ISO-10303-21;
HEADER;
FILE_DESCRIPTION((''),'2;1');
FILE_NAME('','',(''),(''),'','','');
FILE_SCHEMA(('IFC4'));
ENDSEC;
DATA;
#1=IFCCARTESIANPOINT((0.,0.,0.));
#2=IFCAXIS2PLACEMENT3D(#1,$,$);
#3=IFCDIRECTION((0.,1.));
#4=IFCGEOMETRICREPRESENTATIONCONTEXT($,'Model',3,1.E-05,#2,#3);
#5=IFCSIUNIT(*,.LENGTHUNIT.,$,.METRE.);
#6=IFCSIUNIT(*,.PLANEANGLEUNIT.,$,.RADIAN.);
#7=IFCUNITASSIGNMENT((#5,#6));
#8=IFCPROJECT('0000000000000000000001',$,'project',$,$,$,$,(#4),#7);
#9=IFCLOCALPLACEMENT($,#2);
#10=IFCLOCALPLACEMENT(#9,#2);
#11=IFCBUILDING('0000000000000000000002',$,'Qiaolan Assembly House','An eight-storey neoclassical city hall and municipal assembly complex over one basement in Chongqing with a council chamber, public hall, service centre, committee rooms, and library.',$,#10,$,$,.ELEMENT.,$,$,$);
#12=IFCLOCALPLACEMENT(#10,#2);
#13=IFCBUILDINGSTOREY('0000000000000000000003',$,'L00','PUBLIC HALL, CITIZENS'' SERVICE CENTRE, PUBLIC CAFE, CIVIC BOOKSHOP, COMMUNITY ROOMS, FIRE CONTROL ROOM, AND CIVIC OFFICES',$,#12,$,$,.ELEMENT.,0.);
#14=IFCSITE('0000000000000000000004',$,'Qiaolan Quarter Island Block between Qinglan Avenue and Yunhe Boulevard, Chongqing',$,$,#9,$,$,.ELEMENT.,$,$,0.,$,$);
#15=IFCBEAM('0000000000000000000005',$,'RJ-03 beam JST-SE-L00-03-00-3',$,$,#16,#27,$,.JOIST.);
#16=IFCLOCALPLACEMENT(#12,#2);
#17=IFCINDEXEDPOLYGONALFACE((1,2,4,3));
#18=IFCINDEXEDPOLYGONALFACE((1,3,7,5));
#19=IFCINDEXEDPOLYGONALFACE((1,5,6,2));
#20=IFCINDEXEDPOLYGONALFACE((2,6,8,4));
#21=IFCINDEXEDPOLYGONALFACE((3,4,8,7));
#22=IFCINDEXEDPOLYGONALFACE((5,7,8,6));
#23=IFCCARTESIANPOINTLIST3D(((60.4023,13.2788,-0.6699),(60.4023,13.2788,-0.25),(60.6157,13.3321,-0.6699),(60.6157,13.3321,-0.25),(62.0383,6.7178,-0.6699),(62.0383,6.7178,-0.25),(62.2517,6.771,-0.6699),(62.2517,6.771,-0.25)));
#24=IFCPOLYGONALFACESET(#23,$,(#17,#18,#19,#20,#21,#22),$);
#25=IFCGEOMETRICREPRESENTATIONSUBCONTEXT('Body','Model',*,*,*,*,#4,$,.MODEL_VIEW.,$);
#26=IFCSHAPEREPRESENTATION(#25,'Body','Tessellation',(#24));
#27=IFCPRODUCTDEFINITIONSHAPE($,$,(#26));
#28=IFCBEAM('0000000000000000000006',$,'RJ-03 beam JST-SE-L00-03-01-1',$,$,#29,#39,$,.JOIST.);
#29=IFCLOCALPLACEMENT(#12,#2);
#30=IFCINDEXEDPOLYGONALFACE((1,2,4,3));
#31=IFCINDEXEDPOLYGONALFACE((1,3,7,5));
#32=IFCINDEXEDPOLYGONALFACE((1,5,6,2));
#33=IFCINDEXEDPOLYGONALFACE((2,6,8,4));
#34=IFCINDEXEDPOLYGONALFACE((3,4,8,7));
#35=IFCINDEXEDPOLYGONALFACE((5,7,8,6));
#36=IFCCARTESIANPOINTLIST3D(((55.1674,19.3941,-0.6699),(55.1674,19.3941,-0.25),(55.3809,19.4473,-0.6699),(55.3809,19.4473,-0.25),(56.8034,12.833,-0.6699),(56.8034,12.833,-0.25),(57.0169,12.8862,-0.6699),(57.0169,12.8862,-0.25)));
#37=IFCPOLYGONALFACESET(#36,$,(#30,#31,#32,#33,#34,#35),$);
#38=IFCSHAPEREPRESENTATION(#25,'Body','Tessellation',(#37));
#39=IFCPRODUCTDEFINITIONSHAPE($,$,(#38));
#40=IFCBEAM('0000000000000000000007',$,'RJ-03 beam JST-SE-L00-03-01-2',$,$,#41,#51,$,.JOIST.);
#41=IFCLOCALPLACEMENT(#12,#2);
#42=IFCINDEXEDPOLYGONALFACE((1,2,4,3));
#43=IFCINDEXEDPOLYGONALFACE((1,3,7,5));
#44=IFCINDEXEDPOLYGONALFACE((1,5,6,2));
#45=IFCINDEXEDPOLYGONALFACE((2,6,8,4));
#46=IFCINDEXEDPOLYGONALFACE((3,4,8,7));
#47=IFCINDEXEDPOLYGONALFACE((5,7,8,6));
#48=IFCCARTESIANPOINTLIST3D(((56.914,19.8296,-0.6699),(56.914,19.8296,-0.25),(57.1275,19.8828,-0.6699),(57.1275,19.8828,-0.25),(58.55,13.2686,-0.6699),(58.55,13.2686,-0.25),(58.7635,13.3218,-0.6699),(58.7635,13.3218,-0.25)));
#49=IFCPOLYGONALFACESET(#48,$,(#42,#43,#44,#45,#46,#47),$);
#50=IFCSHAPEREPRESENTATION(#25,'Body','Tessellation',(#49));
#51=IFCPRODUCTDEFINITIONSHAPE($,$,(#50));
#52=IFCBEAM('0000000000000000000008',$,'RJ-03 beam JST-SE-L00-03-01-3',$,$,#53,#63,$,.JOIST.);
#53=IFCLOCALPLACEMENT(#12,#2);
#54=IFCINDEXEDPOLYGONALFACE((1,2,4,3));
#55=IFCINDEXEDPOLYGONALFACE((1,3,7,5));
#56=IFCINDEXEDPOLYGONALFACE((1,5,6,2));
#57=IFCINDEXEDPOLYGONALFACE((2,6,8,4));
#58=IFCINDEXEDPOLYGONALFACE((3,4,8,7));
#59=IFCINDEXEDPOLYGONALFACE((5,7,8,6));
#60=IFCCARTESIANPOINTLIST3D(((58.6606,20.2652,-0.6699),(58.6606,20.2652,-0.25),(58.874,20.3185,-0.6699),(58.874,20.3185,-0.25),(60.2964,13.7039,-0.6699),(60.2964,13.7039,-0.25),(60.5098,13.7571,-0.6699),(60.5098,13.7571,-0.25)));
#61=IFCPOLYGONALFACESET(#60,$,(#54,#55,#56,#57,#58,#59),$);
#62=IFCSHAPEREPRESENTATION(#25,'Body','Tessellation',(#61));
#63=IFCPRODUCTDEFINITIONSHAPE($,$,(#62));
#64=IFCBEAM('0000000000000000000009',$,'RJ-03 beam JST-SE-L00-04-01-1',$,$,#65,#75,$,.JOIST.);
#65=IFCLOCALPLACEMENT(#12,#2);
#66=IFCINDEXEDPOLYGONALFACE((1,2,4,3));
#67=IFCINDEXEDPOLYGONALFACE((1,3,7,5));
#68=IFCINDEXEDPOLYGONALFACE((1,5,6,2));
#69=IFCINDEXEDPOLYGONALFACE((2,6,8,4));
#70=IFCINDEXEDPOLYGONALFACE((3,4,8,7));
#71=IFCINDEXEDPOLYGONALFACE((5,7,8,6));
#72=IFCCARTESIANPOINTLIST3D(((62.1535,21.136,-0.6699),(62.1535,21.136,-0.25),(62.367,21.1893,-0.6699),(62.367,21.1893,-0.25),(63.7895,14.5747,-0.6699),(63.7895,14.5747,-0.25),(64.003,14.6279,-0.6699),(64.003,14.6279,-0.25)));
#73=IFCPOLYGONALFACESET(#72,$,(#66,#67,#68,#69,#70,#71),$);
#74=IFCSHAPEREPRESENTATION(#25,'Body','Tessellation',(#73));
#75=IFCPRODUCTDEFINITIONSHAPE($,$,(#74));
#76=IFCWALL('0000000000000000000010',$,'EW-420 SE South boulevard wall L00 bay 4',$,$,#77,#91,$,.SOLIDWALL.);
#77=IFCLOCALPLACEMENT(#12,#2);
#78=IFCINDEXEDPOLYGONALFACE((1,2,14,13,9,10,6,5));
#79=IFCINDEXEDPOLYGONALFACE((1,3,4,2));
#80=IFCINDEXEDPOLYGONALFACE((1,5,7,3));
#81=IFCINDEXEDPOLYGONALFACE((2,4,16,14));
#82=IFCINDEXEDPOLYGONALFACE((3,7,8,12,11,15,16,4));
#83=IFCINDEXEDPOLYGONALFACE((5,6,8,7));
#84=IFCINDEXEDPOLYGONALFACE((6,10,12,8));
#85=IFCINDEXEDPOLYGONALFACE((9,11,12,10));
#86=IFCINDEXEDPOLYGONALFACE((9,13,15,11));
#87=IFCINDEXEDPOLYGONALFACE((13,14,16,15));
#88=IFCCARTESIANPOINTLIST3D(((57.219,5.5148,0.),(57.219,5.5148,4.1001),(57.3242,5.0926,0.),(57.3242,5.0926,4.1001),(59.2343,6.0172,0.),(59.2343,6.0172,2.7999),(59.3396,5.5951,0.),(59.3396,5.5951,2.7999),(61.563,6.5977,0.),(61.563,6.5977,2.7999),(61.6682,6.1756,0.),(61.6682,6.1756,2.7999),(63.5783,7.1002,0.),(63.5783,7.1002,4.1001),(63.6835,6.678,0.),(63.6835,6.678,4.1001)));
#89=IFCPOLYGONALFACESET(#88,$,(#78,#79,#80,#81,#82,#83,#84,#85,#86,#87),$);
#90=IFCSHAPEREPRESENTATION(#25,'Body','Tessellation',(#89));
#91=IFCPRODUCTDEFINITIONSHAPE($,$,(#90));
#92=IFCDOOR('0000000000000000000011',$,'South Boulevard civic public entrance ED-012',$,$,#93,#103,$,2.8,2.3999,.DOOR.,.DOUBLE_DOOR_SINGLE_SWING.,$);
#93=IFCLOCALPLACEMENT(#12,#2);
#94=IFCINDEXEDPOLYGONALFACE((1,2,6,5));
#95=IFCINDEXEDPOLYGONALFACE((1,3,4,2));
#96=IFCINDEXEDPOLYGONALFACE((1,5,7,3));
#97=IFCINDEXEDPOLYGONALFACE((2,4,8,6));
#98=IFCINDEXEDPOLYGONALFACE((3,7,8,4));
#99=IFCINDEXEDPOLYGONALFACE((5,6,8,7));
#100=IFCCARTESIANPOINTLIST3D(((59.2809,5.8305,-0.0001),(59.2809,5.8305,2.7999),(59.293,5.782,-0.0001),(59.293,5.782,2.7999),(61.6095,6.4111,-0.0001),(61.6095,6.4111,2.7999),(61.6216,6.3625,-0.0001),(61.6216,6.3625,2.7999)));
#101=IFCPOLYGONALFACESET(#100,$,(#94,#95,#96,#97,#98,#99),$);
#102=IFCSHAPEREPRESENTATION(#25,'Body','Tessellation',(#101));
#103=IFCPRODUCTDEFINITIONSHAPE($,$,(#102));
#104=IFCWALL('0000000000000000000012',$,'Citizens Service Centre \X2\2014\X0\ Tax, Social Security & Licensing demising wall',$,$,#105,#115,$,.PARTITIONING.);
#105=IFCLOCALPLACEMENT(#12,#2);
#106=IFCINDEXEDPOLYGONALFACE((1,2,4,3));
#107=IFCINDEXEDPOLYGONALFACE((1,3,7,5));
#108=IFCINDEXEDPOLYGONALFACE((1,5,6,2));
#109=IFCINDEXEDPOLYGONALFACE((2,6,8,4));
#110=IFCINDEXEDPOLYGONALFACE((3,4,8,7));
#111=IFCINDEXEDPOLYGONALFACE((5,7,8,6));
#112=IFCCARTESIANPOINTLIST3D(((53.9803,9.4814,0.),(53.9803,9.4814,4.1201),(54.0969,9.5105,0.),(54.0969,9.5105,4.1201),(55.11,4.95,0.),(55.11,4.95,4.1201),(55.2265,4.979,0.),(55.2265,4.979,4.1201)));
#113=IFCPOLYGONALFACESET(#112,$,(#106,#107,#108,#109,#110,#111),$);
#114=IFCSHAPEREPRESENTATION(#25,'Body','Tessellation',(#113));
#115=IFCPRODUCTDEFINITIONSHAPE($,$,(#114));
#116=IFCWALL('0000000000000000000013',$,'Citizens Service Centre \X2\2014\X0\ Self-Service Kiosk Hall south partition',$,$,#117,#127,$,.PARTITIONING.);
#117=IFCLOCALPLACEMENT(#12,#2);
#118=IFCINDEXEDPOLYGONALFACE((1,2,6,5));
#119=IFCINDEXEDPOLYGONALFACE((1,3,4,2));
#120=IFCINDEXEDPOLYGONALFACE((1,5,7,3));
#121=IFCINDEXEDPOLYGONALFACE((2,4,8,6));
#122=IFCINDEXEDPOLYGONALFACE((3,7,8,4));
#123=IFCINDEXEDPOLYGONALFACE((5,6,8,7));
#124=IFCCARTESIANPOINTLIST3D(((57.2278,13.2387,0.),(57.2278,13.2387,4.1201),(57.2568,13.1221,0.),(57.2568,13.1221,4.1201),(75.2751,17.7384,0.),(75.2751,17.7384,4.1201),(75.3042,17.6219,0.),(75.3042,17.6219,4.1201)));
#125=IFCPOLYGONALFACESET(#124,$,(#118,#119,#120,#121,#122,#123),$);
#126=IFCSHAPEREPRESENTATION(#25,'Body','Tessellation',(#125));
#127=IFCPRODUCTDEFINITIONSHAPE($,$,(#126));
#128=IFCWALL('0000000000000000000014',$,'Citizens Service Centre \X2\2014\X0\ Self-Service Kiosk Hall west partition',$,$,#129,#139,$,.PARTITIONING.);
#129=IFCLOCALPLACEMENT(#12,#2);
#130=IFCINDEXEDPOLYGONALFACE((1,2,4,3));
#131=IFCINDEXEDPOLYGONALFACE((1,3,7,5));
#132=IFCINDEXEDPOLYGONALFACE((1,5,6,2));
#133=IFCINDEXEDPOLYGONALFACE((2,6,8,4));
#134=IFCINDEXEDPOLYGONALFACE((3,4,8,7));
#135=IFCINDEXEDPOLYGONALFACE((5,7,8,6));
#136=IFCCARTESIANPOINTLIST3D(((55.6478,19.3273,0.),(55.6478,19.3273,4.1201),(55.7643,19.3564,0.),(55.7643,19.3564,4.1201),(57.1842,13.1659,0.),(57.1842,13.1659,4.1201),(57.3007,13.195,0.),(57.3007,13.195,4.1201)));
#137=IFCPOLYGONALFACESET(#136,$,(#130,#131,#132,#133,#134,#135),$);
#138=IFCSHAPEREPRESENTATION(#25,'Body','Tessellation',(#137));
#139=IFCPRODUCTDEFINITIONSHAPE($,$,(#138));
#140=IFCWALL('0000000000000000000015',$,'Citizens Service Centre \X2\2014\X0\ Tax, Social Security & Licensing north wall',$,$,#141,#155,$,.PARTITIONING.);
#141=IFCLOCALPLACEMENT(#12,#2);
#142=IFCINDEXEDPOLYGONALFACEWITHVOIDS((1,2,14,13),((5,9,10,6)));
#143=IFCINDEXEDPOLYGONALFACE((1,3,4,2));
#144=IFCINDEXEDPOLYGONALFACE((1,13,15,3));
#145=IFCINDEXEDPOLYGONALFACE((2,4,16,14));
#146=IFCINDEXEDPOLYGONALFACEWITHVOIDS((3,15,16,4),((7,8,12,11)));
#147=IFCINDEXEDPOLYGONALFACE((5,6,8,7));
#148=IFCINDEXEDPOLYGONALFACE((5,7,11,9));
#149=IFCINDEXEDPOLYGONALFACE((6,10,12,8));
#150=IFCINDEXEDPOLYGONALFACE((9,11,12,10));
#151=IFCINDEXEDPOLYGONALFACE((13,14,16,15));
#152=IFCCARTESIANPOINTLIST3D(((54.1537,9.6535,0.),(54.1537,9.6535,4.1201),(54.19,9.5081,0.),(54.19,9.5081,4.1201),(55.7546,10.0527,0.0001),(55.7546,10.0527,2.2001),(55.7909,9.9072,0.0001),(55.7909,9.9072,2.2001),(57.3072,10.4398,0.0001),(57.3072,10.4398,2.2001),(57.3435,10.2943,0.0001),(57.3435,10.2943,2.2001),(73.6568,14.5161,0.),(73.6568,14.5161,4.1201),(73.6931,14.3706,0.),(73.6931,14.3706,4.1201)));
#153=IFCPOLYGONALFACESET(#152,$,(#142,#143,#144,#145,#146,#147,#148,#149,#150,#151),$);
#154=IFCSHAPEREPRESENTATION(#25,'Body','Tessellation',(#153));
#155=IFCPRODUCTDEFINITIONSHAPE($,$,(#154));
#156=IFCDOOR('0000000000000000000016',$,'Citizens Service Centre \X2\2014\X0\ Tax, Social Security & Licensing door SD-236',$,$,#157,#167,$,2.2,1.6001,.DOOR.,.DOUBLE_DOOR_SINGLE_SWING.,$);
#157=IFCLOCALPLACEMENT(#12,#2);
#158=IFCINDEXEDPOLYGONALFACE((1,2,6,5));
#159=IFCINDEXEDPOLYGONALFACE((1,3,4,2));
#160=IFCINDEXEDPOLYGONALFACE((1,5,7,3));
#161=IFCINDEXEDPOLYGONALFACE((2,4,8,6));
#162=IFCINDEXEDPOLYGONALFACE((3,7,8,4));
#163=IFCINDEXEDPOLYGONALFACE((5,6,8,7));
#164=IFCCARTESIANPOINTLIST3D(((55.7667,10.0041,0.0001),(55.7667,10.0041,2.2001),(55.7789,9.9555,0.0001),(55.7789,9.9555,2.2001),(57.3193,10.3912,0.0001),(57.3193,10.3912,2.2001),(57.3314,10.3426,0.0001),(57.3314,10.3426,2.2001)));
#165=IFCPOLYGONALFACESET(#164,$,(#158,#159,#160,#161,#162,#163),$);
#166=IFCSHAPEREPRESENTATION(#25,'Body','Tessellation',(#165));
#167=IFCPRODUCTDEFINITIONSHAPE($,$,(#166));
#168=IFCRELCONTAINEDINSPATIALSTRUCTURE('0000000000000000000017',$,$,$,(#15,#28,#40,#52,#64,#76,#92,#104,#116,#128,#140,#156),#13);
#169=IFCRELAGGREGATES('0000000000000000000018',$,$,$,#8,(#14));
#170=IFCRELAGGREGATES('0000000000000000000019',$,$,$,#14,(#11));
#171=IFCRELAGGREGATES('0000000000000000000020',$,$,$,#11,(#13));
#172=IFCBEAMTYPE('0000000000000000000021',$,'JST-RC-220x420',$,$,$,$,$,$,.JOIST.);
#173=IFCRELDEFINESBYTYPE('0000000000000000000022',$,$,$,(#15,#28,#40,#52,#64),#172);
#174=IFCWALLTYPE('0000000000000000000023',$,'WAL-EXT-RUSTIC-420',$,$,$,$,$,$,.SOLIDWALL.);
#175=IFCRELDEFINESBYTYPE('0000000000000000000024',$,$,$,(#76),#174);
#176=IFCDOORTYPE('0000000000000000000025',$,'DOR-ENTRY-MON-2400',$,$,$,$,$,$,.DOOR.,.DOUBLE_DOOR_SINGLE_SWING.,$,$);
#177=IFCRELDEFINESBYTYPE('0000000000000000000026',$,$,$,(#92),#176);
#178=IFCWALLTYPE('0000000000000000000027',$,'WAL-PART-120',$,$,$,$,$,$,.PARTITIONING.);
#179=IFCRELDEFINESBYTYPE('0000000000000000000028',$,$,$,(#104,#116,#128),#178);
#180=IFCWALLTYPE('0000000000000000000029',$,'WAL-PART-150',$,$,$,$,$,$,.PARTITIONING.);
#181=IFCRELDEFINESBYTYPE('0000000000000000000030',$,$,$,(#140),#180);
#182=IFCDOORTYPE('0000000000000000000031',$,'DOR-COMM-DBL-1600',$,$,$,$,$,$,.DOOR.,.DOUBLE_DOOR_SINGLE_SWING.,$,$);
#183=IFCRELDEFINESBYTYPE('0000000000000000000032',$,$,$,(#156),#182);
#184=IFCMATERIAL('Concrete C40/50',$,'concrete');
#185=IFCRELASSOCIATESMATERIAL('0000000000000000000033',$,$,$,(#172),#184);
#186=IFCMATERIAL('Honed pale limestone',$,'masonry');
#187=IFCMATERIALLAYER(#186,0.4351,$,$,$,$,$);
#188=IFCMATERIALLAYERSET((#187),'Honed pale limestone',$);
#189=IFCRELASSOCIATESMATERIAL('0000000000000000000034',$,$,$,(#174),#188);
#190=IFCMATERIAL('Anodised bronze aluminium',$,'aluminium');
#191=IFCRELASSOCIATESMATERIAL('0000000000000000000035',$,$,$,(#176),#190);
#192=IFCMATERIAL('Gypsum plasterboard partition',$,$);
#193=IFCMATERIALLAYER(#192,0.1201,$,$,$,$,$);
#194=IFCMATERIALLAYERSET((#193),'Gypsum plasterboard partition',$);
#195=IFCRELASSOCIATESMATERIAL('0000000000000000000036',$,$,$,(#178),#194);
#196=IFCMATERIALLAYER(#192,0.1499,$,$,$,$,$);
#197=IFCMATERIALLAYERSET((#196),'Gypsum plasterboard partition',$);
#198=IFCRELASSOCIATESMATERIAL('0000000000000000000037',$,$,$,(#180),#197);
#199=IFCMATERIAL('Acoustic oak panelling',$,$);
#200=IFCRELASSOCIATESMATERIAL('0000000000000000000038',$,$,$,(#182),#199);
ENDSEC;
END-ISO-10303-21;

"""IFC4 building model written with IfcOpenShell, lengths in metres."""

from ifc_helpers import new_model, si_unit, direction, frame, frame_2d, origin, origin_2d, place, context, subcontext, project, spatial, rectangle, extrude, material, layer, layer_set, material_profile, profile_set, type_object, element, fill, save


model = new_model("IFC4")

# Units and contexts
model_context = context("Model", 3, precision=1e-05, world=origin(), true_north=direction((0.0, 1.0)))
body_context = subcontext(model_context, "Body", "Model", "MODEL_VIEW")
ifc_project = project(units=[si_unit("LENGTHUNIT", "METRE"), si_unit("PLANEANGLEUNIT", "RADIAN")], contexts=[model_context])

# Site, building, storey
site_placement = place(None, origin())
site = spatial("IfcSite", under=ifc_project, at=site_placement, Name="Qiaolan Quarter Island Block between Qinglan Avenue and Yunhe Boulevard, Chongqing", CompositionType="ELEMENT", RefElevation=0.0)
building_placement = place(site_placement, origin())
building = spatial("IfcBuilding", under=site, at=building_placement, Name="Qiaolan Assembly House", Description="An eight-storey neoclassical city hall and municipal assembly complex over one basement in Chongqing with a council chamber, public hall, service centre, committee rooms, and library.", CompositionType="ELEMENT")
storey_placement = place(building_placement, origin())
storey = spatial("IfcBuildingStorey", under=building, at=storey_placement, Name="L00", Description="PUBLIC HALL, CITIZENS' SERVICE CENTRE, PUBLIC CAFE, CIVIC BOOKSHOP, COMMUNITY ROOMS, FIRE CONTROL ROOM, AND CIVIC OFFICES", CompositionType="ELEMENT", Elevation=0.0)

# Beams
ifc_material_1 = material(Name="Concrete C40/50", Category="concrete")
ifc_material_profile_1 = material_profile(ifc_material_1, rectangle(XDim=0.22, YDim=0.4199, at=origin_2d()), Name="RCB 220x420")
ifc_profile_set_1 = profile_set([ifc_material_profile_1], Name="Concrete C40/50")
beam_type_1 = type_object("IfcBeamType", Name="JST-RC-220x420", PredefinedType="JOIST", material=ifc_profile_set_1)
for number, where, z_axis, x_axis, name in (
    (1, (62.145, 6.7444, -0.46), (-0.241941, 0.970291, 0.0), (-0.970291, -0.241941, 0.0), "RJ-03 beam JST-SE-L00-03-00-3"),
    (2, (56.9102, 12.8596, -0.46), (-0.241941, 0.970291, 0.0), (-0.970291, -0.241941, 0.0), "RJ-03 beam JST-SE-L00-03-01-1"),
    (3, (58.6567, 13.2952, -0.46), (-0.241941, 0.970291, 0.0), (-0.970291, -0.241941, 0.0), "RJ-03 beam JST-SE-L00-03-01-2"),
):
    element("IfcBeam", number, at=place(storey_placement, frame(where, z_axis=z_axis, x_axis=x_axis)), inside=storey, type_object=beam_type_1, Name=name, PredefinedType="JOIST", context=body_context, shape_type="SweptSolid", body=[
        extrude(rectangle(XDim=0.22, YDim=0.4199, at=origin_2d()), origin(), (0.0, 0.0, 1.0), 6.762),
    ])
for number, where, z_axis, x_axis, name in (
    (4, (60.4031, 13.7305, -0.46), (-0.241898, 0.970302, 0.0), (-0.970302, -0.241898, 0.0), "RJ-03 beam JST-SE-L00-03-01-3"),
    (5, (63.8962, 14.6013, -0.46), (-0.241932, 0.970293, 0.0), (-0.970293, -0.241932, 0.0), "RJ-03 beam JST-SE-L00-04-01-1"),
):
    element("IfcBeam", number, at=place(storey_placement, frame(where, z_axis=z_axis, x_axis=x_axis)), inside=storey, type_object=beam_type_1, Name=name, PredefinedType="JOIST", context=body_context, shape_type="SweptSolid", body=[
        extrude(rectangle(XDim=0.22, YDim=0.4199, at=origin_2d()), origin(), (0.0, 0.0, 1.0), 6.7622),
    ])

# Wall, opening, door
ifc_material_2 = material(Name="Honed pale limestone", Category="masonry")
ifc_layer_1 = layer(ifc_material_2, 0.4351)
ifc_layer_set_1 = layer_set([ifc_layer_1], Name="Honed pale limestone")
wall_type_1 = type_object("IfcWallType", Name="WAL-EXT-RUSTIC-420", PredefinedType="SOLIDWALL", material=ifc_layer_set_1)
wall_1_placement = place(storey_placement, frame((57.2717, 5.3037, 0.0), z_axis=(0.0, 0.0, 1.0), x_axis=(0.9703, 0.241905, 0.0)))
wall_1 = element("IfcWall", 6, at=wall_1_placement, inside=storey, type_object=wall_type_1, Name="EW-420 SE South boulevard wall L00 bay 4", PredefinedType="SOLIDWALL", context=body_context, shape_type="SweptSolid", body=[
    extrude(rectangle(XDim=6.554, YDim=0.4351, at=frame_2d((3.2769, 0.0))), origin(), (0.0, 0.0, 1.0), 4.1001),
])
opening_1_placement = place(wall_1_placement, frame((2.0769, 0.0, 0.0)))
opening_1 = element("IfcOpeningElement", 7, at=opening_1_placement, cuts=wall_1, PredefinedType="OPENING", context=body_context, shape_type="SweptSolid", body=[
    extrude(rectangle(XDim=2.3999, YDim=2.8, at=frame_2d((1.2, 1.3999))), frame((0.0, 0.2275, 0.0), z_axis=(0.0, -1.0, 0.0), x_axis=(1.0, 0.0, 0.0)), (0.0, 0.0, 1.0), 0.4551),
])
ifc_material_3 = material(Name="Anodised bronze aluminium", Category="aluminium")
door_type_1 = type_object("IfcDoorType", Name="DOR-ENTRY-MON-2400", OperationType="DOUBLE_DOOR_SINGLE_SWING", PredefinedType="DOOR", material=ifc_material_3)
door_1_placement = place(opening_1_placement, frame((2.3999, 0.0, 0.0), z_axis=(0.0, 0.0, 1.0), x_axis=(-1.0, 0.0, 0.0)))
door_1 = element("IfcDoor", 8, at=door_1_placement, inside=storey, type_object=door_type_1, Name="South Boulevard civic public entrance ED-012", OperationType="DOUBLE_DOOR_SINGLE_SWING", OverallHeight=2.8, OverallWidth=2.3999, PredefinedType="DOOR", context=body_context, shape_type="SweptSolid", body=[
    extrude(rectangle(XDim=2.3999, YDim=2.8, at=frame_2d((1.2, 1.3999))), frame((0.0, 0.0249, 0.0), z_axis=(0.0, -1.0, 0.0), x_axis=(1.0, 0.0, 0.0)), (0.0, 0.0, 1.0), 0.05),
])
fill(opening_1, door_1)

# Walls
ifc_material_4 = material(Name="Gypsum plasterboard partition")
ifc_layer_2 = layer(ifc_material_4, 0.1201)
ifc_layer_set_2 = layer_set([ifc_layer_2], Name="Gypsum plasterboard partition")
wall_type_2 = type_object("IfcWallType", Name="WAL-PART-120", PredefinedType="PARTITIONING", material=ifc_layer_set_2)
wall_2_placement = place(storey_placement, frame((55.1682, 4.9646, 0.0), z_axis=(0.0, 0.0, 1.0), x_axis=(-0.241884, 0.970305, 0.0)))
element("IfcWall", 9, at=wall_2_placement, inside=storey, type_object=wall_type_2, Name="Citizens Service Centre — Tax, Social Security & Licensing demising wall", PredefinedType="PARTITIONING", context=body_context, shape_type="SweptSolid", body=[
    extrude(rectangle(XDim=4.6702, YDim=0.1201, at=frame_2d((2.335, 0.0))), origin(), (0.0, 0.0, 1.0), 4.1201),
])
wall_3_placement = place(storey_placement, frame((57.2424, 13.1804, 0.0), z_axis=(0.0, 0.0, 1.0), x_axis=(0.970295, 0.241924, 0.0)))
element("IfcWall", 10, at=wall_3_placement, inside=storey, type_object=wall_type_2, Name="Citizens Service Centre — Self-Service Kiosk Hall south partition", PredefinedType="PARTITIONING", context=body_context, shape_type="SweptSolid", body=[
    extrude(rectangle(XDim=18.5999, YDim=0.1201, at=frame_2d((9.2998, 0.0))), origin(), (0.0, 0.0, 1.0), 4.1201),
])
wall_4_placement = place(storey_placement, frame((57.2424, 13.1804, 0.0), z_axis=(0.0, 0.0, 1.0), x_axis=(-0.241948, 0.970289, 0.0)))
element("IfcWall", 11, at=wall_4_placement, inside=storey, type_object=wall_type_2, Name="Citizens Service Centre — Self-Service Kiosk Hall west partition", PredefinedType="PARTITIONING", context=body_context, shape_type="SweptSolid", body=[
    extrude(rectangle(XDim=6.3501, YDim=0.1201, at=frame_2d((3.175, 0.0))), origin(), (0.0, 0.0, 1.0), 4.1201),
])

# Wall, opening, door
ifc_layer_3 = layer(ifc_material_4, 0.1499)
ifc_layer_set_3 = layer_set([ifc_layer_3], Name="Gypsum plasterboard partition")
wall_type_3 = type_object("IfcWallType", Name="WAL-PART-150", PredefinedType="PARTITIONING", material=ifc_layer_set_3)
wall_5_placement = place(storey_placement, frame((54.1719, 9.5808, 0.0), z_axis=(0.0, 0.0, 1.0), x_axis=(0.970297, 0.241915, 0.0)))
wall_5 = element("IfcWall", 12, at=wall_5_placement, inside=storey, type_object=wall_type_3, Name="Citizens Service Centre — Tax, Social Security & Licensing north wall", PredefinedType="PARTITIONING", context=body_context, shape_type="SweptSolid", body=[
    extrude(rectangle(XDim=20.1001, YDim=0.1499, at=frame_2d((10.05, 0.0))), origin(), (0.0, 0.0, 1.0), 4.1201),
])
opening_2_placement = place(wall_5_placement, frame((1.6499, 0.0, 0.0)))
opening_2 = element("IfcOpeningElement", 13, at=opening_2_placement, cuts=wall_5, PredefinedType="OPENING", context=body_context, shape_type="SweptSolid", body=[
    extrude(rectangle(XDim=1.6001, YDim=2.2, at=frame_2d((0.8, 1.1001))), frame((0.0, 0.085, 0.0), z_axis=(0.0, -1.0, 0.0), x_axis=(1.0, 0.0, 0.0)), (0.0, 0.0, 1.0), 0.1699),
])
ifc_material_5 = material(Name="Acoustic oak panelling")
door_type_2 = type_object("IfcDoorType", Name="DOR-COMM-DBL-1600", OperationType="DOUBLE_DOOR_SINGLE_SWING", PredefinedType="DOOR", material=ifc_material_5)
door_2_placement = place(opening_2_placement, origin())
door_2 = element("IfcDoor", 14, at=door_2_placement, inside=storey, type_object=door_type_2, Name="Citizens Service Centre — Tax, Social Security & Licensing door SD-236", OperationType="DOUBLE_DOOR_SINGLE_SWING", OverallHeight=2.2, OverallWidth=1.6001, PredefinedType="DOOR", context=body_context, shape_type="SweptSolid", body=[
    extrude(rectangle(XDim=1.6001, YDim=2.2, at=frame_2d((0.8, 1.1001))), frame((0.0, 0.0249, 0.0), z_axis=(0.0, -1.0, 0.0), x_axis=(1.0, 0.0, 0.0)), (0.0, 0.0, 1.0), 0.05),
])
fill(opening_2, door_2)

save(model, "model.ifc")
